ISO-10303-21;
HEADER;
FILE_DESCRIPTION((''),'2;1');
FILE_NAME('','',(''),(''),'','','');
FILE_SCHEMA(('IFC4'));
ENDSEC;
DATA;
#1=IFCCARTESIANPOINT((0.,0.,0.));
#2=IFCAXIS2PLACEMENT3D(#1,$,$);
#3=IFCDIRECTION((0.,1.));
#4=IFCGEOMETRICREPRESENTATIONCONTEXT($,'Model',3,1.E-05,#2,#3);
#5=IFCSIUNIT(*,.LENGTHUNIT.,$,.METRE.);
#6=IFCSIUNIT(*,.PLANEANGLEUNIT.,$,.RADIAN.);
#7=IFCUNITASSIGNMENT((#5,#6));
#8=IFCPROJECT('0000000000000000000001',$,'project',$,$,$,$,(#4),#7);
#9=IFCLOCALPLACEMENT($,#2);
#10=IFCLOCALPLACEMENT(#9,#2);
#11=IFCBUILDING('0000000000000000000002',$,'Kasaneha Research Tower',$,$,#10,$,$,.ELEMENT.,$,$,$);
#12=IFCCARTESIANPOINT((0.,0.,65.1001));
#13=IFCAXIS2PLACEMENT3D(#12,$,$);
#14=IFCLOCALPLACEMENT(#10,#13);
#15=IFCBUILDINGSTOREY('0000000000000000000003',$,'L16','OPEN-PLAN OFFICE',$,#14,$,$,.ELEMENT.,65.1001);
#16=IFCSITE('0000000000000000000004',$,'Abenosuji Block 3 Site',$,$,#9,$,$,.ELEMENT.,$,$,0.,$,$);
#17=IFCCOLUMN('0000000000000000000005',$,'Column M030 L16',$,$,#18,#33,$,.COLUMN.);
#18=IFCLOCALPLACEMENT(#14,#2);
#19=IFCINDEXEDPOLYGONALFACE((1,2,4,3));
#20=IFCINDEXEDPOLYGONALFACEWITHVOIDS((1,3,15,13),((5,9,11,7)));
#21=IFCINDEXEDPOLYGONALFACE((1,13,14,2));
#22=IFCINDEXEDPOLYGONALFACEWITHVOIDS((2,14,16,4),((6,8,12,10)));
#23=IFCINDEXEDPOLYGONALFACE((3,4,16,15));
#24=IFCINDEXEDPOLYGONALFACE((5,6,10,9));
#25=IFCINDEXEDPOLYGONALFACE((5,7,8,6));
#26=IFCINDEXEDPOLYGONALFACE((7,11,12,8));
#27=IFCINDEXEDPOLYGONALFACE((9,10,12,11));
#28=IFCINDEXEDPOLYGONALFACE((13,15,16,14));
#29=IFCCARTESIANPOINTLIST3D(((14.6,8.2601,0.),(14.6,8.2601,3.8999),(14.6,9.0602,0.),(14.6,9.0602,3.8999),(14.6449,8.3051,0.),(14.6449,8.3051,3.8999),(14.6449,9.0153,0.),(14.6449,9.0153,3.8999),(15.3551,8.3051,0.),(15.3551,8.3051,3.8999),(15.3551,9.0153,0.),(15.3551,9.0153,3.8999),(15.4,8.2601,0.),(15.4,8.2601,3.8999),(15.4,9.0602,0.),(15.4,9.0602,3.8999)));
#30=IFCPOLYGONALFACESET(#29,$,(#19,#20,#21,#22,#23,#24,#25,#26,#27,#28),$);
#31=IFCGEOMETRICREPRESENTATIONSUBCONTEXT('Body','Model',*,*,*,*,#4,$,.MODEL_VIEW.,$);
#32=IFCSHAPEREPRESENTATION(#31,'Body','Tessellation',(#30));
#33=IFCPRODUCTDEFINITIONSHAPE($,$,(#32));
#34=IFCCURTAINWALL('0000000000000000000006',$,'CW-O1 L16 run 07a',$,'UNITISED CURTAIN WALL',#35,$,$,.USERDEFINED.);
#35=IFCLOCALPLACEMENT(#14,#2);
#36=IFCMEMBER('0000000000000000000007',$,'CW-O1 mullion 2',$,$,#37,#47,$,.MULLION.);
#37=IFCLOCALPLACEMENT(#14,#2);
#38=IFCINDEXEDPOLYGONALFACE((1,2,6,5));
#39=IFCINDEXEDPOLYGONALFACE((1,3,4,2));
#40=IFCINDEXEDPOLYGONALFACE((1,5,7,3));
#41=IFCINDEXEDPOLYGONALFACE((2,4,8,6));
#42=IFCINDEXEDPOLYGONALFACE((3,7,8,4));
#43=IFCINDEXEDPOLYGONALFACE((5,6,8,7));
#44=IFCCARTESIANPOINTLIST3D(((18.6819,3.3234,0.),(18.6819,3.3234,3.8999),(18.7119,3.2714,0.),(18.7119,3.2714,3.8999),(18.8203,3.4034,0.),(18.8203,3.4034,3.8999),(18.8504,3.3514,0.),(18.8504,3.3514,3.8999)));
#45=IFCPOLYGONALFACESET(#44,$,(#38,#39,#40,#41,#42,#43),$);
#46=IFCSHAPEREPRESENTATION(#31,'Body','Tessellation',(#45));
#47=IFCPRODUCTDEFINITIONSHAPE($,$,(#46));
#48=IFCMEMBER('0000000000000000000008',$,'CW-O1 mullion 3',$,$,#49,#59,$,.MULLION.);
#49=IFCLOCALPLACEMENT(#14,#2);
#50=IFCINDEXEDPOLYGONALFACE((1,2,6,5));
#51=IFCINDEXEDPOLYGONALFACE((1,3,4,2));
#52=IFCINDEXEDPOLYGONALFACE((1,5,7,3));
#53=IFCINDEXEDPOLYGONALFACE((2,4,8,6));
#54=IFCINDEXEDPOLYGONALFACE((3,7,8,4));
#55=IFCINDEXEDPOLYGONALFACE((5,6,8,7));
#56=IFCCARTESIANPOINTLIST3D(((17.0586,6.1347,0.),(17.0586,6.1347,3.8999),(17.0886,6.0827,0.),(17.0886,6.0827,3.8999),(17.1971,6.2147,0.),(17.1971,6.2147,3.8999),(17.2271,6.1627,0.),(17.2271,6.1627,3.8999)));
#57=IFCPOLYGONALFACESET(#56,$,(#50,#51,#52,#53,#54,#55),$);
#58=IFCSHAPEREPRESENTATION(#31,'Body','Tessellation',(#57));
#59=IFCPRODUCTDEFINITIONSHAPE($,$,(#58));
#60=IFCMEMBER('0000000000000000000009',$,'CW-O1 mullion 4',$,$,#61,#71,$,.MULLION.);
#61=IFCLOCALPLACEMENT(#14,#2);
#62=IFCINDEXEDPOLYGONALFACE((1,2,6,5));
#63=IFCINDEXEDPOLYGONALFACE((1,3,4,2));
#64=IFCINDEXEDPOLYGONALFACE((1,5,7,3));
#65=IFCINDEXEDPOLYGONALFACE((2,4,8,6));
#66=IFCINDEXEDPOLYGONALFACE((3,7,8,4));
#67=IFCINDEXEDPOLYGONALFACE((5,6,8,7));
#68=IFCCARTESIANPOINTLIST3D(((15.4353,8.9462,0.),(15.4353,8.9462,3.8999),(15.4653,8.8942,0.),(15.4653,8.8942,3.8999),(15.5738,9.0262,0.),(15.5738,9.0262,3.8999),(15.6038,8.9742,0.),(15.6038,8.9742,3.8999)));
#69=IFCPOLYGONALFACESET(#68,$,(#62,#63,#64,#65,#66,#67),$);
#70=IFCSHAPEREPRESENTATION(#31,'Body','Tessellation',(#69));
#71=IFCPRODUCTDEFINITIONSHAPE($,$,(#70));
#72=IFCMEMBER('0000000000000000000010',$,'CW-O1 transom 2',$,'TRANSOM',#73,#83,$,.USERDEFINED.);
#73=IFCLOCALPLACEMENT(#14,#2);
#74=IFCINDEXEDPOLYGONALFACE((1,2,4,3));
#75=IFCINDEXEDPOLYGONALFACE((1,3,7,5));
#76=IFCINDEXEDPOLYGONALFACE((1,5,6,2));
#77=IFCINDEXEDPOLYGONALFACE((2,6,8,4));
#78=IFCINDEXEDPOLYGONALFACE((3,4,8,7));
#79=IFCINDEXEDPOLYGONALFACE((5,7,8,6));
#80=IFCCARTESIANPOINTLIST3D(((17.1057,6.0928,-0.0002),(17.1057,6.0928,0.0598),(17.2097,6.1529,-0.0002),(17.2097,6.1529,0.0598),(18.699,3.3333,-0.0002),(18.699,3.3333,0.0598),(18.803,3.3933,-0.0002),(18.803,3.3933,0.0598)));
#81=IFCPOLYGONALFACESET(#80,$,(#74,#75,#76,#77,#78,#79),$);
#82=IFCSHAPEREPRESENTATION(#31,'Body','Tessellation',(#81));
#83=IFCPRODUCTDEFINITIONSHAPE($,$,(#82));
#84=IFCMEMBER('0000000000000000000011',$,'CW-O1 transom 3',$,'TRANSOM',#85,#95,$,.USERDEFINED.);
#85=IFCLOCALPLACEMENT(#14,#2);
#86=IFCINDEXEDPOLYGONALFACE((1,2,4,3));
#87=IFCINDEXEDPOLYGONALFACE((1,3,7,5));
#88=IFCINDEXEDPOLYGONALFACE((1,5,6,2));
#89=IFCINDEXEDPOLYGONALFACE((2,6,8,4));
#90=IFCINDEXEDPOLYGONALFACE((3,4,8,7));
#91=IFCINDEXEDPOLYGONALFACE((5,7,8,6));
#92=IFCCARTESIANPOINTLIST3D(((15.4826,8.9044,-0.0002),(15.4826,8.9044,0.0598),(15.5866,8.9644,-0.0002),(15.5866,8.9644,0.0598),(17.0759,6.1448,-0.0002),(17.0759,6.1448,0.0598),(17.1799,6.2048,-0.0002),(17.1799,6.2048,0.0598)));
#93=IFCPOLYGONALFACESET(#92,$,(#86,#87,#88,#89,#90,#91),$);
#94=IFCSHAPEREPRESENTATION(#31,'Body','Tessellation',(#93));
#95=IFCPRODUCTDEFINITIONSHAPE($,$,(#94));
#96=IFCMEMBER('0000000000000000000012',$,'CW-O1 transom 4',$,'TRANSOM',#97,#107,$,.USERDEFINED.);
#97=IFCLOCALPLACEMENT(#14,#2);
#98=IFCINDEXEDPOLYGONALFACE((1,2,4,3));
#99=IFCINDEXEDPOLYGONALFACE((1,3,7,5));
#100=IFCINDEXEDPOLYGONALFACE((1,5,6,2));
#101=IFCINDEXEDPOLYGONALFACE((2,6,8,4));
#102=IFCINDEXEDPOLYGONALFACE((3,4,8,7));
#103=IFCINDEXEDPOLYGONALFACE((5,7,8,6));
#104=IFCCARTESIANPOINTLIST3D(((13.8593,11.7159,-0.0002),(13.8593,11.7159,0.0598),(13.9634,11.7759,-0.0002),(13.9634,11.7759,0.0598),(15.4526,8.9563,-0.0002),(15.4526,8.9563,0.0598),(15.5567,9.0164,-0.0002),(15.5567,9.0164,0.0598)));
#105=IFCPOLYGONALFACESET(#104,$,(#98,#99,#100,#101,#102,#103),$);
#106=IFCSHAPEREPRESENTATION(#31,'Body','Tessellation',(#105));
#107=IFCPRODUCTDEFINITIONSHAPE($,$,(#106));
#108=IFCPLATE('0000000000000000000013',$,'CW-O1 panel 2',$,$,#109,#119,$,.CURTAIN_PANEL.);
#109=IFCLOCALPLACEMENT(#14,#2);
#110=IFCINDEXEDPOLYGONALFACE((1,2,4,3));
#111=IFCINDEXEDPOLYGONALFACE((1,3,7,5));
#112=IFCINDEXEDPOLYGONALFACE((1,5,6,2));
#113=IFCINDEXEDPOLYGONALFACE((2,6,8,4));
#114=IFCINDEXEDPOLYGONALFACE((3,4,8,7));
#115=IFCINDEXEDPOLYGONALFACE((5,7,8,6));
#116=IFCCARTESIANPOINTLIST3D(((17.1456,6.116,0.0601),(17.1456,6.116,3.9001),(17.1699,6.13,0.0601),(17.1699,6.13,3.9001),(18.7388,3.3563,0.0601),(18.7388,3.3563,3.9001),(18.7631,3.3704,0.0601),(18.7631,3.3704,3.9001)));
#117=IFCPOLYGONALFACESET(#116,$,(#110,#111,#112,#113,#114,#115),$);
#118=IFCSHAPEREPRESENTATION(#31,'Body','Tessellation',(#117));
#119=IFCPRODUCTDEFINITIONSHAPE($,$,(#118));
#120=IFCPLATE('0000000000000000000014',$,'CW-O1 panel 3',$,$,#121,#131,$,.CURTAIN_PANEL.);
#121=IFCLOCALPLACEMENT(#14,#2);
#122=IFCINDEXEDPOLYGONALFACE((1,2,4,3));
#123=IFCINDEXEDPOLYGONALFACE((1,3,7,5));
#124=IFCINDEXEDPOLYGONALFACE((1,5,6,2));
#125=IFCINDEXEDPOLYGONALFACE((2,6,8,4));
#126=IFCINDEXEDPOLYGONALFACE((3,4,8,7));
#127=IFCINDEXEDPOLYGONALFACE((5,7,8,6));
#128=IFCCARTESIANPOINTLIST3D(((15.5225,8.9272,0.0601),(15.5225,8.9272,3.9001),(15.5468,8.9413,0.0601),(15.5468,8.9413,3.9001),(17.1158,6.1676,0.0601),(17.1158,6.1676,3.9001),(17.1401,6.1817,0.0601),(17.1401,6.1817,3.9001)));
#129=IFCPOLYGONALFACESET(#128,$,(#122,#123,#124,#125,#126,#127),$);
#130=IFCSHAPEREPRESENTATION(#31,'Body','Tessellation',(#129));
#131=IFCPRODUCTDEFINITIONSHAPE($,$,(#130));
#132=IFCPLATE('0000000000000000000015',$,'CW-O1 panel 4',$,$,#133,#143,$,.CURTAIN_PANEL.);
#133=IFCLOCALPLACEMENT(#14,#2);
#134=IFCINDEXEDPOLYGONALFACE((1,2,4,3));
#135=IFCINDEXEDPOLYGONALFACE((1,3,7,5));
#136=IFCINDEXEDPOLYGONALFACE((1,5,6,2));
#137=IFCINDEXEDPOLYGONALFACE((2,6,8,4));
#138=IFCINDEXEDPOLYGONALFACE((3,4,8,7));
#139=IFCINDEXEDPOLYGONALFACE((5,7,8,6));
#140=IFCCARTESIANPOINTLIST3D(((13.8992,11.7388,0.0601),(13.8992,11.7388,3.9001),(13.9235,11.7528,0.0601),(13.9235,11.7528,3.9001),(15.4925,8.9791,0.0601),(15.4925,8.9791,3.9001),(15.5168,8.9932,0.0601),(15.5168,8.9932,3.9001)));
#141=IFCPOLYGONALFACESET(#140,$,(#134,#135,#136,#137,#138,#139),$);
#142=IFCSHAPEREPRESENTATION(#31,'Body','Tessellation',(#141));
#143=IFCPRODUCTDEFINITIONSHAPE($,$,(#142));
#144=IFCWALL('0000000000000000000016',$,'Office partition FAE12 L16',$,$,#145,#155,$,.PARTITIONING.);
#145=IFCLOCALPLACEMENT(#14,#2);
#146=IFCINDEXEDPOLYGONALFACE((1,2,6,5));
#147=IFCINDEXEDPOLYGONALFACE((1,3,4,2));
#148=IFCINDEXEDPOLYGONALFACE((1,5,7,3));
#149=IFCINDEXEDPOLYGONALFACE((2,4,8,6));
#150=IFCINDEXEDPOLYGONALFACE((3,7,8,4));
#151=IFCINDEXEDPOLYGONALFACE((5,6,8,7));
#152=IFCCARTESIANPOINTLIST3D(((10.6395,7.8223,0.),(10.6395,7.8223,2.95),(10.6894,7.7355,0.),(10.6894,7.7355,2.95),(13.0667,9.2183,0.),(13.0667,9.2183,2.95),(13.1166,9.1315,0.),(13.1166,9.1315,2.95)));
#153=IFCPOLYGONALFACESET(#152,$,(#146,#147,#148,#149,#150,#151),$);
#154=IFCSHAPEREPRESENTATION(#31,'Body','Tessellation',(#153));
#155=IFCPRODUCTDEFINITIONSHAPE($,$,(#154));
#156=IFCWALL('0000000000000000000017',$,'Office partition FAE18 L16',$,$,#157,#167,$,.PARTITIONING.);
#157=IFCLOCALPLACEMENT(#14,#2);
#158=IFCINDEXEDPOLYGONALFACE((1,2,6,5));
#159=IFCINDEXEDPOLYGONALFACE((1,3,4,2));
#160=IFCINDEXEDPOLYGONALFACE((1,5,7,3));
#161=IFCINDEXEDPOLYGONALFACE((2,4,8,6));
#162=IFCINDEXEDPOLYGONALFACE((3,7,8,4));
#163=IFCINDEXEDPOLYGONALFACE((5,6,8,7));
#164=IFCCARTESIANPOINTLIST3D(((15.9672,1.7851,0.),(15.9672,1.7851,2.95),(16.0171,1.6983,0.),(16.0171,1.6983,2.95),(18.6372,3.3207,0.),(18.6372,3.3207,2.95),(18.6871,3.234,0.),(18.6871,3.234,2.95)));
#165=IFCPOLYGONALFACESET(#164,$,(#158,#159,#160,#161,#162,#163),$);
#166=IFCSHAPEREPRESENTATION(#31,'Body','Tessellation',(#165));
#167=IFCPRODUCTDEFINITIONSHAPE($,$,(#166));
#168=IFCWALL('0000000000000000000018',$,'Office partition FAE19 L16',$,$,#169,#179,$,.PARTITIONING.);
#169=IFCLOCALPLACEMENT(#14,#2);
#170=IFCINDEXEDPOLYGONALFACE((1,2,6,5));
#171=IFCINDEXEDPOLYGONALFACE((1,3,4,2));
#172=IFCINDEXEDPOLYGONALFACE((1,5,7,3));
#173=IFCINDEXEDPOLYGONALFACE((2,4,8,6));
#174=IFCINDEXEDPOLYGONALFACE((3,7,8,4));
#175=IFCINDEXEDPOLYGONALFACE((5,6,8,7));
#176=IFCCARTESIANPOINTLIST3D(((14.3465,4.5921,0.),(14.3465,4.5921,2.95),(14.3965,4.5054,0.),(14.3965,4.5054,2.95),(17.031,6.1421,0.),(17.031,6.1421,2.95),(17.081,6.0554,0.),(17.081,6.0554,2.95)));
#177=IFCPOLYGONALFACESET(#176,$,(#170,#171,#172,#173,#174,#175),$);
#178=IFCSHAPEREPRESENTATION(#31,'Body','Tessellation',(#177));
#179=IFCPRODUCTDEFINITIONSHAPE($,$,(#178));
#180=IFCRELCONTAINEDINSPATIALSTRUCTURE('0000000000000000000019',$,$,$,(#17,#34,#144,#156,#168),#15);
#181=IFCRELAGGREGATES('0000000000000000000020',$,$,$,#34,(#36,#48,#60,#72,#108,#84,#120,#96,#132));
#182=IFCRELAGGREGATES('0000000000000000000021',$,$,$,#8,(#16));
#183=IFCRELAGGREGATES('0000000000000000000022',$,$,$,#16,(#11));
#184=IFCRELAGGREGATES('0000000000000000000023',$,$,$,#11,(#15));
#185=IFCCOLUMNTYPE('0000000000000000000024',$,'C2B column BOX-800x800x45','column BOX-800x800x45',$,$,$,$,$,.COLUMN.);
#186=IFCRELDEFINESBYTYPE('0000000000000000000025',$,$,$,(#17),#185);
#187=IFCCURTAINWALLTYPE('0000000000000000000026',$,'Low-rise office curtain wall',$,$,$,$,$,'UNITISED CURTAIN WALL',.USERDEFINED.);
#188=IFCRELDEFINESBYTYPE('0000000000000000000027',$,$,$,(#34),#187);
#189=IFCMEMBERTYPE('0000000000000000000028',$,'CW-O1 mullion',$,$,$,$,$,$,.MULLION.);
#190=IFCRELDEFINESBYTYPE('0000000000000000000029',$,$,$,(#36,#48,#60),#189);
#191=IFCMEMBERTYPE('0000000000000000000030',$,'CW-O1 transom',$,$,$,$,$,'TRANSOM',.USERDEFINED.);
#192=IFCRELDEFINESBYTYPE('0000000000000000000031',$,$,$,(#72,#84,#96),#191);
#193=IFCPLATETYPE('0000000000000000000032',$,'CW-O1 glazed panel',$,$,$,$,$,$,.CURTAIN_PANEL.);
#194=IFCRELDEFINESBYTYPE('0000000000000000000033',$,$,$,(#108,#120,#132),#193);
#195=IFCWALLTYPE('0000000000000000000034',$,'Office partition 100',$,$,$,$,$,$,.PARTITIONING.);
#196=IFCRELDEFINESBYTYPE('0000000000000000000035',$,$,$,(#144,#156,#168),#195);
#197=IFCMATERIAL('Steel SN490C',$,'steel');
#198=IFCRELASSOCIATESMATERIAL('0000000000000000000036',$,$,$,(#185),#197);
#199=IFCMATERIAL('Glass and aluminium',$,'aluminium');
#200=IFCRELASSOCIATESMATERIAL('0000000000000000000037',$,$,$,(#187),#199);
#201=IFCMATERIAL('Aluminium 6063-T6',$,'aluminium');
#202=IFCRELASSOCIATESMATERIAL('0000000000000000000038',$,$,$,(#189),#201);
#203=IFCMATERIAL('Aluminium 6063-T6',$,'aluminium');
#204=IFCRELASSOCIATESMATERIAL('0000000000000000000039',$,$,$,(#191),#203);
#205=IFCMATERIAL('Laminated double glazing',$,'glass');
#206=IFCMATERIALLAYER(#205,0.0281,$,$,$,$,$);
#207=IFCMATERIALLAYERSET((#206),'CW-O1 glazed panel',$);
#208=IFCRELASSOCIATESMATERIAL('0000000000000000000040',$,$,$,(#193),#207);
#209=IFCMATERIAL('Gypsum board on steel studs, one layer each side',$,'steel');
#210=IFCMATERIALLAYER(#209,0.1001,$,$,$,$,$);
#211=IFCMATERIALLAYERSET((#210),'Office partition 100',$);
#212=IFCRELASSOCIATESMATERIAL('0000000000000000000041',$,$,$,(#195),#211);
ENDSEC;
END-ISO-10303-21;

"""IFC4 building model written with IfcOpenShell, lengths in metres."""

from ifc_helpers import new_model, si_unit, direction, frame, frame_2d, origin, origin_2d, place, context, subcontext, project, spatial, rectangle, hollow_rectangle, extrude, material, layer, layer_set, material_profile, profile_set, type_object, element, aggregate, save


model = new_model("IFC4")

# Units and contexts
model_context = context("Model", 3, precision=1e-05, world=origin(), true_north=direction((0.0, 1.0)))
body_context = subcontext(model_context, "Body", "Model", "MODEL_VIEW")
ifc_project = project(units=[si_unit("LENGTHUNIT", "METRE"), si_unit("PLANEANGLEUNIT", "RADIAN")], contexts=[model_context])

# Site, building, storey
site_placement = place(None, origin())
site = spatial("IfcSite", under=ifc_project, at=site_placement, Name="Abenosuji Block 3 Site", CompositionType="ELEMENT", RefElevation=0.0)
building_placement = place(site_placement, origin())
building = spatial("IfcBuilding", under=site, at=building_placement, Name="Kasaneha Research Tower", CompositionType="ELEMENT")
storey_placement = place(building_placement, frame((0.0, 0.0, 65.1001)))
storey = spatial("IfcBuildingStorey", under=building, at=storey_placement, Name="L16", Description="OPEN-PLAN OFFICE", CompositionType="ELEMENT", Elevation=65.1001)

# Column
ifc_material_1 = material(Name="Steel SN490C", Category="steel")
ifc_material_profile_1 = material_profile(ifc_material_1, hollow_rectangle(XDim=0.8, YDim=0.8, WallThickness=0.0449, at=origin_2d()), Name="BOX-800x800x45")
ifc_profile_set_1 = profile_set([ifc_material_profile_1], Name="Steel SN490C")
column_type = type_object("IfcColumnType", Name="C2B column BOX-800x800x45", Description="column BOX-800x800x45", PredefinedType="COLUMN", material=ifc_profile_set_1)
column_placement = place(storey_placement, frame((15.0, 8.6602, 0.0), z_axis=(0.0, 0.0, 1.0), x_axis=(1.0, 0.0, 0.0)))
element("IfcColumn", 1, at=column_placement, inside=storey, type_object=column_type, Name="Column M030 L16", PredefinedType="COLUMN", context=body_context, shape_type="SweptSolid", body=[
    extrude(hollow_rectangle(XDim=0.8, YDim=0.8, WallThickness=0.0449, at=origin_2d()), origin(), (0.0, 0.0, 1.0), 3.8999),
])

# Curtain wall, members, plates
ifc_material_2 = material(Name="Glass and aluminium", Category="aluminium")
curtain_wall_type = type_object("IfcCurtainWallType", Name="Low-rise office curtain wall", ElementType="UNITISED CURTAIN WALL", PredefinedType="USERDEFINED", material=ifc_material_2)
curtain_wall_placement = place(storey_placement, origin())
curtain_wall = element("IfcCurtainWall", 2, at=curtain_wall_placement, inside=storey, type_object=curtain_wall_type, Name="CW-O1 L16 run 07a", ObjectType="UNITISED CURTAIN WALL", PredefinedType="USERDEFINED")
ifc_material_3 = material(Name="Aluminium 6063-T6", Category="aluminium")
ifc_material_profile_2 = material_profile(ifc_material_3, rectangle(XDim=0.0601, YDim=0.1599, at=origin_2d()), Name="CW-O1 mullion 60x160")
ifc_profile_set_2 = profile_set([ifc_material_profile_2], Name="Aluminium 6063-T6")
member_type_1 = type_object("IfcMemberType", Name="CW-O1 mullion", PredefinedType="MULLION", material=ifc_profile_set_2)
member_1_placement = place(storey_placement, frame((18.7661, 3.3374, 0.0), z_axis=(0.0, 0.0, 1.0), x_axis=(-0.5, 0.866025, 0.0)))
member_1 = element("IfcMember", 3, at=member_1_placement, type_object=member_type_1, Name="CW-O1 mullion 2", PredefinedType="MULLION", context=body_context, shape_type="SweptSolid", body=[
    extrude(rectangle(XDim=0.0601, YDim=0.1599, at=origin_2d()), origin(), (0.0, 0.0, 1.0), 3.8999),
])
member_2_placement = place(storey_placement, frame((17.1428, 6.1487, 0.0), z_axis=(0.0, 0.0, 1.0), x_axis=(-0.5, 0.866025, 0.0)))
member_2 = element("IfcMember", 4, at=member_2_placement, type_object=member_type_1, Name="CW-O1 mullion 3", PredefinedType="MULLION", context=body_context, shape_type="SweptSolid", body=[
    extrude(rectangle(XDim=0.0601, YDim=0.1599, at=origin_2d()), origin(), (0.0, 0.0, 1.0), 3.8999),
])
member_3_placement = place(storey_placement, frame((15.5195, 8.9602, 0.0), z_axis=(0.0, 0.0, 1.0), x_axis=(-0.5, 0.866025, 0.0)))
member_3 = element("IfcMember", 5, at=member_3_placement, type_object=member_type_1, Name="CW-O1 mullion 4", PredefinedType="MULLION", context=body_context, shape_type="SweptSolid", body=[
    extrude(rectangle(XDim=0.0601, YDim=0.1599, at=origin_2d()), origin(), (0.0, 0.0, 1.0), 3.8999),
])
ifc_material_4 = material(Name="Aluminium 6063-T6", Category="aluminium")
ifc_material_profile_3 = material_profile(ifc_material_4, rectangle(XDim=0.1201, YDim=0.0601, at=origin_2d()), Name="CW-O1 transom 120x60")
ifc_profile_set_3 = profile_set([ifc_material_profile_3], Name="Aluminium 6063-T6")
member_type_2 = type_object("IfcMemberType", Name="CW-O1 transom", ElementType="TRANSOM", PredefinedType="USERDEFINED", material=ifc_profile_set_3)
member_4_placement = place(storey_placement, frame((18.751, 3.3633, 0.0298), z_axis=(-0.500012, 0.866018, 0.0), x_axis=(-0.866018, -0.500012, 0.0)))
member_4 = element("IfcMember", 6, at=member_4_placement, type_object=member_type_2, Name="CW-O1 transom 2", ObjectType="TRANSOM", PredefinedType="USERDEFINED", context=body_context, shape_type="SweptSolid", body=[
    extrude(rectangle(XDim=0.1201, YDim=0.0601, at=origin_2d()), origin(), (0.0, 0.0, 1.0), 3.1865),
])
member_5_placement = place(storey_placement, frame((17.1279, 6.1748, 0.0298), z_axis=(-0.500012, 0.866018, 0.0), x_axis=(-0.866018, -0.500012, 0.0)))
member_5 = element("IfcMember", 7, at=member_5_placement, type_object=member_type_2, Name="CW-O1 transom 3", ObjectType="TRANSOM", PredefinedType="USERDEFINED", context=body_context, shape_type="SweptSolid", body=[
    extrude(rectangle(XDim=0.1201, YDim=0.0601, at=origin_2d()), origin(), (0.0, 0.0, 1.0), 3.1865),
])
member_6_placement = place(storey_placement, frame((15.5046, 8.9863, 0.0298), z_axis=(-0.500012, 0.866018, 0.0), x_axis=(-0.866018, -0.500012, 0.0)))
member_6 = element("IfcMember", 8, at=member_6_placement, type_object=member_type_2, Name="CW-O1 transom 4", ObjectType="TRANSOM", PredefinedType="USERDEFINED", context=body_context, shape_type="SweptSolid", body=[
    extrude(rectangle(XDim=0.1201, YDim=0.0601, at=origin_2d()), origin(), (0.0, 0.0, 1.0), 3.1865),
])
ifc_material_5 = material(Name="Laminated double glazing", Category="glass")
ifc_layer_1 = layer(ifc_material_5, 0.0281)
ifc_layer_set_1 = layer_set([ifc_layer_1], Name="CW-O1 glazed panel")
plate_type = type_object("IfcPlateType", Name="CW-O1 glazed panel", PredefinedType="CURTAIN_PANEL", material=ifc_layer_set_1)
plate_1_placement = place(storey_placement, frame((17.9543, 4.7432, 0.0601), z_axis=(0.0, 0.0, 1.0), x_axis=(-0.5, 0.866025, 0.0)))
plate_1 = element("IfcPlate", 9, at=plate_1_placement, type_object=plate_type, Name="CW-O1 panel 2", PredefinedType="CURTAIN_PANEL", context=body_context, shape_type="SweptSolid", body=[
    extrude(rectangle(XDim=3.1865, YDim=0.0281, at=origin_2d()), origin(), (0.0, 0.0, 1.0), 3.8401),
])
plate_2_placement = place(storey_placement, frame((16.3313, 7.5544, 0.0601), z_axis=(0.0, 0.0, 1.0), x_axis=(-0.5, 0.866025, 0.0)))
plate_2 = element("IfcPlate", 10, at=plate_2_placement, type_object=plate_type, Name="CW-O1 panel 3", PredefinedType="CURTAIN_PANEL", context=body_context, shape_type="SweptSolid", body=[
    extrude(rectangle(XDim=3.1865, YDim=0.0281, at=origin_2d()), origin(), (0.0, 0.0, 1.0), 3.8401),
])
plate_3_placement = place(storey_placement, frame((14.708, 10.366, 0.0601), z_axis=(0.0, 0.0, 1.0), x_axis=(-0.5, 0.866025, 0.0)))
plate_3 = element("IfcPlate", 11, at=plate_3_placement, type_object=plate_type, Name="CW-O1 panel 4", PredefinedType="CURTAIN_PANEL", context=body_context, shape_type="SweptSolid", body=[
    extrude(rectangle(XDim=3.1865, YDim=0.0281, at=origin_2d()), origin(), (0.0, 0.0, 1.0), 3.8401),
])
aggregate(curtain_wall, [member_1, member_2, member_3, member_4, plate_1, member_5, plate_2, member_6, plate_3])

# Walls
ifc_material_6 = material(Name="Gypsum board on steel studs, one layer each side", Category="steel")
ifc_layer_2 = layer(ifc_material_6, 0.1001)
ifc_layer_set_2 = layer_set([ifc_layer_2], Name="Office partition 100")
wall_type = type_object("IfcWallType", Name="Office partition 100", PredefinedType="PARTITIONING", material=ifc_layer_set_2)
wall_1_placement = place(storey_placement, frame((13.0916, 9.1748, 0.0), z_axis=(0.0, 0.0, 1.0), x_axis=(-0.866855, -0.49856, 0.0)))
element("IfcWall", 12, at=wall_1_placement, inside=storey, type_object=wall_type, Name="Office partition FAE12 L16", PredefinedType="PARTITIONING", context=body_context, shape_type="SweptSolid", body=[
    extrude(rectangle(XDim=2.8, YDim=0.1001, at=frame_2d((1.3999, 0.0))), origin(), (0.0, 0.0, 1.0), 2.95),
])
wall_2_placement = place(storey_placement, frame((18.6621, 3.2773, 0.0), z_axis=(0.0, 0.0, 1.0), x_axis=(-0.866845, -0.498578, 0.0)))
element("IfcWall", 13, at=wall_2_placement, inside=storey, type_object=wall_type, Name="Office partition FAE18 L16", PredefinedType="PARTITIONING", context=body_context, shape_type="SweptSolid", body=[
    extrude(rectangle(XDim=3.0801, YDim=0.1001, at=frame_2d((1.54, 0.0))), origin(), (0.0, 0.0, 1.0), 2.95),
])
wall_3_placement = place(storey_placement, frame((14.3716, 4.5488, 0.0), z_axis=(0.0, 0.0, 1.0), x_axis=(0.86601, 0.500027, 0.0)))
element("IfcWall", 14, at=wall_3_placement, inside=storey, type_object=wall_type, Name="Office partition FAE19 L16", PredefinedType="PARTITIONING", context=body_context, shape_type="SweptSolid", body=[
    extrude(rectangle(XDim=3.0999, YDim=0.1001, at=frame_2d((1.5498, 0.0))), origin(), (0.0, 0.0, 1.0), 2.95),
])

save(model, "model.ifc")
